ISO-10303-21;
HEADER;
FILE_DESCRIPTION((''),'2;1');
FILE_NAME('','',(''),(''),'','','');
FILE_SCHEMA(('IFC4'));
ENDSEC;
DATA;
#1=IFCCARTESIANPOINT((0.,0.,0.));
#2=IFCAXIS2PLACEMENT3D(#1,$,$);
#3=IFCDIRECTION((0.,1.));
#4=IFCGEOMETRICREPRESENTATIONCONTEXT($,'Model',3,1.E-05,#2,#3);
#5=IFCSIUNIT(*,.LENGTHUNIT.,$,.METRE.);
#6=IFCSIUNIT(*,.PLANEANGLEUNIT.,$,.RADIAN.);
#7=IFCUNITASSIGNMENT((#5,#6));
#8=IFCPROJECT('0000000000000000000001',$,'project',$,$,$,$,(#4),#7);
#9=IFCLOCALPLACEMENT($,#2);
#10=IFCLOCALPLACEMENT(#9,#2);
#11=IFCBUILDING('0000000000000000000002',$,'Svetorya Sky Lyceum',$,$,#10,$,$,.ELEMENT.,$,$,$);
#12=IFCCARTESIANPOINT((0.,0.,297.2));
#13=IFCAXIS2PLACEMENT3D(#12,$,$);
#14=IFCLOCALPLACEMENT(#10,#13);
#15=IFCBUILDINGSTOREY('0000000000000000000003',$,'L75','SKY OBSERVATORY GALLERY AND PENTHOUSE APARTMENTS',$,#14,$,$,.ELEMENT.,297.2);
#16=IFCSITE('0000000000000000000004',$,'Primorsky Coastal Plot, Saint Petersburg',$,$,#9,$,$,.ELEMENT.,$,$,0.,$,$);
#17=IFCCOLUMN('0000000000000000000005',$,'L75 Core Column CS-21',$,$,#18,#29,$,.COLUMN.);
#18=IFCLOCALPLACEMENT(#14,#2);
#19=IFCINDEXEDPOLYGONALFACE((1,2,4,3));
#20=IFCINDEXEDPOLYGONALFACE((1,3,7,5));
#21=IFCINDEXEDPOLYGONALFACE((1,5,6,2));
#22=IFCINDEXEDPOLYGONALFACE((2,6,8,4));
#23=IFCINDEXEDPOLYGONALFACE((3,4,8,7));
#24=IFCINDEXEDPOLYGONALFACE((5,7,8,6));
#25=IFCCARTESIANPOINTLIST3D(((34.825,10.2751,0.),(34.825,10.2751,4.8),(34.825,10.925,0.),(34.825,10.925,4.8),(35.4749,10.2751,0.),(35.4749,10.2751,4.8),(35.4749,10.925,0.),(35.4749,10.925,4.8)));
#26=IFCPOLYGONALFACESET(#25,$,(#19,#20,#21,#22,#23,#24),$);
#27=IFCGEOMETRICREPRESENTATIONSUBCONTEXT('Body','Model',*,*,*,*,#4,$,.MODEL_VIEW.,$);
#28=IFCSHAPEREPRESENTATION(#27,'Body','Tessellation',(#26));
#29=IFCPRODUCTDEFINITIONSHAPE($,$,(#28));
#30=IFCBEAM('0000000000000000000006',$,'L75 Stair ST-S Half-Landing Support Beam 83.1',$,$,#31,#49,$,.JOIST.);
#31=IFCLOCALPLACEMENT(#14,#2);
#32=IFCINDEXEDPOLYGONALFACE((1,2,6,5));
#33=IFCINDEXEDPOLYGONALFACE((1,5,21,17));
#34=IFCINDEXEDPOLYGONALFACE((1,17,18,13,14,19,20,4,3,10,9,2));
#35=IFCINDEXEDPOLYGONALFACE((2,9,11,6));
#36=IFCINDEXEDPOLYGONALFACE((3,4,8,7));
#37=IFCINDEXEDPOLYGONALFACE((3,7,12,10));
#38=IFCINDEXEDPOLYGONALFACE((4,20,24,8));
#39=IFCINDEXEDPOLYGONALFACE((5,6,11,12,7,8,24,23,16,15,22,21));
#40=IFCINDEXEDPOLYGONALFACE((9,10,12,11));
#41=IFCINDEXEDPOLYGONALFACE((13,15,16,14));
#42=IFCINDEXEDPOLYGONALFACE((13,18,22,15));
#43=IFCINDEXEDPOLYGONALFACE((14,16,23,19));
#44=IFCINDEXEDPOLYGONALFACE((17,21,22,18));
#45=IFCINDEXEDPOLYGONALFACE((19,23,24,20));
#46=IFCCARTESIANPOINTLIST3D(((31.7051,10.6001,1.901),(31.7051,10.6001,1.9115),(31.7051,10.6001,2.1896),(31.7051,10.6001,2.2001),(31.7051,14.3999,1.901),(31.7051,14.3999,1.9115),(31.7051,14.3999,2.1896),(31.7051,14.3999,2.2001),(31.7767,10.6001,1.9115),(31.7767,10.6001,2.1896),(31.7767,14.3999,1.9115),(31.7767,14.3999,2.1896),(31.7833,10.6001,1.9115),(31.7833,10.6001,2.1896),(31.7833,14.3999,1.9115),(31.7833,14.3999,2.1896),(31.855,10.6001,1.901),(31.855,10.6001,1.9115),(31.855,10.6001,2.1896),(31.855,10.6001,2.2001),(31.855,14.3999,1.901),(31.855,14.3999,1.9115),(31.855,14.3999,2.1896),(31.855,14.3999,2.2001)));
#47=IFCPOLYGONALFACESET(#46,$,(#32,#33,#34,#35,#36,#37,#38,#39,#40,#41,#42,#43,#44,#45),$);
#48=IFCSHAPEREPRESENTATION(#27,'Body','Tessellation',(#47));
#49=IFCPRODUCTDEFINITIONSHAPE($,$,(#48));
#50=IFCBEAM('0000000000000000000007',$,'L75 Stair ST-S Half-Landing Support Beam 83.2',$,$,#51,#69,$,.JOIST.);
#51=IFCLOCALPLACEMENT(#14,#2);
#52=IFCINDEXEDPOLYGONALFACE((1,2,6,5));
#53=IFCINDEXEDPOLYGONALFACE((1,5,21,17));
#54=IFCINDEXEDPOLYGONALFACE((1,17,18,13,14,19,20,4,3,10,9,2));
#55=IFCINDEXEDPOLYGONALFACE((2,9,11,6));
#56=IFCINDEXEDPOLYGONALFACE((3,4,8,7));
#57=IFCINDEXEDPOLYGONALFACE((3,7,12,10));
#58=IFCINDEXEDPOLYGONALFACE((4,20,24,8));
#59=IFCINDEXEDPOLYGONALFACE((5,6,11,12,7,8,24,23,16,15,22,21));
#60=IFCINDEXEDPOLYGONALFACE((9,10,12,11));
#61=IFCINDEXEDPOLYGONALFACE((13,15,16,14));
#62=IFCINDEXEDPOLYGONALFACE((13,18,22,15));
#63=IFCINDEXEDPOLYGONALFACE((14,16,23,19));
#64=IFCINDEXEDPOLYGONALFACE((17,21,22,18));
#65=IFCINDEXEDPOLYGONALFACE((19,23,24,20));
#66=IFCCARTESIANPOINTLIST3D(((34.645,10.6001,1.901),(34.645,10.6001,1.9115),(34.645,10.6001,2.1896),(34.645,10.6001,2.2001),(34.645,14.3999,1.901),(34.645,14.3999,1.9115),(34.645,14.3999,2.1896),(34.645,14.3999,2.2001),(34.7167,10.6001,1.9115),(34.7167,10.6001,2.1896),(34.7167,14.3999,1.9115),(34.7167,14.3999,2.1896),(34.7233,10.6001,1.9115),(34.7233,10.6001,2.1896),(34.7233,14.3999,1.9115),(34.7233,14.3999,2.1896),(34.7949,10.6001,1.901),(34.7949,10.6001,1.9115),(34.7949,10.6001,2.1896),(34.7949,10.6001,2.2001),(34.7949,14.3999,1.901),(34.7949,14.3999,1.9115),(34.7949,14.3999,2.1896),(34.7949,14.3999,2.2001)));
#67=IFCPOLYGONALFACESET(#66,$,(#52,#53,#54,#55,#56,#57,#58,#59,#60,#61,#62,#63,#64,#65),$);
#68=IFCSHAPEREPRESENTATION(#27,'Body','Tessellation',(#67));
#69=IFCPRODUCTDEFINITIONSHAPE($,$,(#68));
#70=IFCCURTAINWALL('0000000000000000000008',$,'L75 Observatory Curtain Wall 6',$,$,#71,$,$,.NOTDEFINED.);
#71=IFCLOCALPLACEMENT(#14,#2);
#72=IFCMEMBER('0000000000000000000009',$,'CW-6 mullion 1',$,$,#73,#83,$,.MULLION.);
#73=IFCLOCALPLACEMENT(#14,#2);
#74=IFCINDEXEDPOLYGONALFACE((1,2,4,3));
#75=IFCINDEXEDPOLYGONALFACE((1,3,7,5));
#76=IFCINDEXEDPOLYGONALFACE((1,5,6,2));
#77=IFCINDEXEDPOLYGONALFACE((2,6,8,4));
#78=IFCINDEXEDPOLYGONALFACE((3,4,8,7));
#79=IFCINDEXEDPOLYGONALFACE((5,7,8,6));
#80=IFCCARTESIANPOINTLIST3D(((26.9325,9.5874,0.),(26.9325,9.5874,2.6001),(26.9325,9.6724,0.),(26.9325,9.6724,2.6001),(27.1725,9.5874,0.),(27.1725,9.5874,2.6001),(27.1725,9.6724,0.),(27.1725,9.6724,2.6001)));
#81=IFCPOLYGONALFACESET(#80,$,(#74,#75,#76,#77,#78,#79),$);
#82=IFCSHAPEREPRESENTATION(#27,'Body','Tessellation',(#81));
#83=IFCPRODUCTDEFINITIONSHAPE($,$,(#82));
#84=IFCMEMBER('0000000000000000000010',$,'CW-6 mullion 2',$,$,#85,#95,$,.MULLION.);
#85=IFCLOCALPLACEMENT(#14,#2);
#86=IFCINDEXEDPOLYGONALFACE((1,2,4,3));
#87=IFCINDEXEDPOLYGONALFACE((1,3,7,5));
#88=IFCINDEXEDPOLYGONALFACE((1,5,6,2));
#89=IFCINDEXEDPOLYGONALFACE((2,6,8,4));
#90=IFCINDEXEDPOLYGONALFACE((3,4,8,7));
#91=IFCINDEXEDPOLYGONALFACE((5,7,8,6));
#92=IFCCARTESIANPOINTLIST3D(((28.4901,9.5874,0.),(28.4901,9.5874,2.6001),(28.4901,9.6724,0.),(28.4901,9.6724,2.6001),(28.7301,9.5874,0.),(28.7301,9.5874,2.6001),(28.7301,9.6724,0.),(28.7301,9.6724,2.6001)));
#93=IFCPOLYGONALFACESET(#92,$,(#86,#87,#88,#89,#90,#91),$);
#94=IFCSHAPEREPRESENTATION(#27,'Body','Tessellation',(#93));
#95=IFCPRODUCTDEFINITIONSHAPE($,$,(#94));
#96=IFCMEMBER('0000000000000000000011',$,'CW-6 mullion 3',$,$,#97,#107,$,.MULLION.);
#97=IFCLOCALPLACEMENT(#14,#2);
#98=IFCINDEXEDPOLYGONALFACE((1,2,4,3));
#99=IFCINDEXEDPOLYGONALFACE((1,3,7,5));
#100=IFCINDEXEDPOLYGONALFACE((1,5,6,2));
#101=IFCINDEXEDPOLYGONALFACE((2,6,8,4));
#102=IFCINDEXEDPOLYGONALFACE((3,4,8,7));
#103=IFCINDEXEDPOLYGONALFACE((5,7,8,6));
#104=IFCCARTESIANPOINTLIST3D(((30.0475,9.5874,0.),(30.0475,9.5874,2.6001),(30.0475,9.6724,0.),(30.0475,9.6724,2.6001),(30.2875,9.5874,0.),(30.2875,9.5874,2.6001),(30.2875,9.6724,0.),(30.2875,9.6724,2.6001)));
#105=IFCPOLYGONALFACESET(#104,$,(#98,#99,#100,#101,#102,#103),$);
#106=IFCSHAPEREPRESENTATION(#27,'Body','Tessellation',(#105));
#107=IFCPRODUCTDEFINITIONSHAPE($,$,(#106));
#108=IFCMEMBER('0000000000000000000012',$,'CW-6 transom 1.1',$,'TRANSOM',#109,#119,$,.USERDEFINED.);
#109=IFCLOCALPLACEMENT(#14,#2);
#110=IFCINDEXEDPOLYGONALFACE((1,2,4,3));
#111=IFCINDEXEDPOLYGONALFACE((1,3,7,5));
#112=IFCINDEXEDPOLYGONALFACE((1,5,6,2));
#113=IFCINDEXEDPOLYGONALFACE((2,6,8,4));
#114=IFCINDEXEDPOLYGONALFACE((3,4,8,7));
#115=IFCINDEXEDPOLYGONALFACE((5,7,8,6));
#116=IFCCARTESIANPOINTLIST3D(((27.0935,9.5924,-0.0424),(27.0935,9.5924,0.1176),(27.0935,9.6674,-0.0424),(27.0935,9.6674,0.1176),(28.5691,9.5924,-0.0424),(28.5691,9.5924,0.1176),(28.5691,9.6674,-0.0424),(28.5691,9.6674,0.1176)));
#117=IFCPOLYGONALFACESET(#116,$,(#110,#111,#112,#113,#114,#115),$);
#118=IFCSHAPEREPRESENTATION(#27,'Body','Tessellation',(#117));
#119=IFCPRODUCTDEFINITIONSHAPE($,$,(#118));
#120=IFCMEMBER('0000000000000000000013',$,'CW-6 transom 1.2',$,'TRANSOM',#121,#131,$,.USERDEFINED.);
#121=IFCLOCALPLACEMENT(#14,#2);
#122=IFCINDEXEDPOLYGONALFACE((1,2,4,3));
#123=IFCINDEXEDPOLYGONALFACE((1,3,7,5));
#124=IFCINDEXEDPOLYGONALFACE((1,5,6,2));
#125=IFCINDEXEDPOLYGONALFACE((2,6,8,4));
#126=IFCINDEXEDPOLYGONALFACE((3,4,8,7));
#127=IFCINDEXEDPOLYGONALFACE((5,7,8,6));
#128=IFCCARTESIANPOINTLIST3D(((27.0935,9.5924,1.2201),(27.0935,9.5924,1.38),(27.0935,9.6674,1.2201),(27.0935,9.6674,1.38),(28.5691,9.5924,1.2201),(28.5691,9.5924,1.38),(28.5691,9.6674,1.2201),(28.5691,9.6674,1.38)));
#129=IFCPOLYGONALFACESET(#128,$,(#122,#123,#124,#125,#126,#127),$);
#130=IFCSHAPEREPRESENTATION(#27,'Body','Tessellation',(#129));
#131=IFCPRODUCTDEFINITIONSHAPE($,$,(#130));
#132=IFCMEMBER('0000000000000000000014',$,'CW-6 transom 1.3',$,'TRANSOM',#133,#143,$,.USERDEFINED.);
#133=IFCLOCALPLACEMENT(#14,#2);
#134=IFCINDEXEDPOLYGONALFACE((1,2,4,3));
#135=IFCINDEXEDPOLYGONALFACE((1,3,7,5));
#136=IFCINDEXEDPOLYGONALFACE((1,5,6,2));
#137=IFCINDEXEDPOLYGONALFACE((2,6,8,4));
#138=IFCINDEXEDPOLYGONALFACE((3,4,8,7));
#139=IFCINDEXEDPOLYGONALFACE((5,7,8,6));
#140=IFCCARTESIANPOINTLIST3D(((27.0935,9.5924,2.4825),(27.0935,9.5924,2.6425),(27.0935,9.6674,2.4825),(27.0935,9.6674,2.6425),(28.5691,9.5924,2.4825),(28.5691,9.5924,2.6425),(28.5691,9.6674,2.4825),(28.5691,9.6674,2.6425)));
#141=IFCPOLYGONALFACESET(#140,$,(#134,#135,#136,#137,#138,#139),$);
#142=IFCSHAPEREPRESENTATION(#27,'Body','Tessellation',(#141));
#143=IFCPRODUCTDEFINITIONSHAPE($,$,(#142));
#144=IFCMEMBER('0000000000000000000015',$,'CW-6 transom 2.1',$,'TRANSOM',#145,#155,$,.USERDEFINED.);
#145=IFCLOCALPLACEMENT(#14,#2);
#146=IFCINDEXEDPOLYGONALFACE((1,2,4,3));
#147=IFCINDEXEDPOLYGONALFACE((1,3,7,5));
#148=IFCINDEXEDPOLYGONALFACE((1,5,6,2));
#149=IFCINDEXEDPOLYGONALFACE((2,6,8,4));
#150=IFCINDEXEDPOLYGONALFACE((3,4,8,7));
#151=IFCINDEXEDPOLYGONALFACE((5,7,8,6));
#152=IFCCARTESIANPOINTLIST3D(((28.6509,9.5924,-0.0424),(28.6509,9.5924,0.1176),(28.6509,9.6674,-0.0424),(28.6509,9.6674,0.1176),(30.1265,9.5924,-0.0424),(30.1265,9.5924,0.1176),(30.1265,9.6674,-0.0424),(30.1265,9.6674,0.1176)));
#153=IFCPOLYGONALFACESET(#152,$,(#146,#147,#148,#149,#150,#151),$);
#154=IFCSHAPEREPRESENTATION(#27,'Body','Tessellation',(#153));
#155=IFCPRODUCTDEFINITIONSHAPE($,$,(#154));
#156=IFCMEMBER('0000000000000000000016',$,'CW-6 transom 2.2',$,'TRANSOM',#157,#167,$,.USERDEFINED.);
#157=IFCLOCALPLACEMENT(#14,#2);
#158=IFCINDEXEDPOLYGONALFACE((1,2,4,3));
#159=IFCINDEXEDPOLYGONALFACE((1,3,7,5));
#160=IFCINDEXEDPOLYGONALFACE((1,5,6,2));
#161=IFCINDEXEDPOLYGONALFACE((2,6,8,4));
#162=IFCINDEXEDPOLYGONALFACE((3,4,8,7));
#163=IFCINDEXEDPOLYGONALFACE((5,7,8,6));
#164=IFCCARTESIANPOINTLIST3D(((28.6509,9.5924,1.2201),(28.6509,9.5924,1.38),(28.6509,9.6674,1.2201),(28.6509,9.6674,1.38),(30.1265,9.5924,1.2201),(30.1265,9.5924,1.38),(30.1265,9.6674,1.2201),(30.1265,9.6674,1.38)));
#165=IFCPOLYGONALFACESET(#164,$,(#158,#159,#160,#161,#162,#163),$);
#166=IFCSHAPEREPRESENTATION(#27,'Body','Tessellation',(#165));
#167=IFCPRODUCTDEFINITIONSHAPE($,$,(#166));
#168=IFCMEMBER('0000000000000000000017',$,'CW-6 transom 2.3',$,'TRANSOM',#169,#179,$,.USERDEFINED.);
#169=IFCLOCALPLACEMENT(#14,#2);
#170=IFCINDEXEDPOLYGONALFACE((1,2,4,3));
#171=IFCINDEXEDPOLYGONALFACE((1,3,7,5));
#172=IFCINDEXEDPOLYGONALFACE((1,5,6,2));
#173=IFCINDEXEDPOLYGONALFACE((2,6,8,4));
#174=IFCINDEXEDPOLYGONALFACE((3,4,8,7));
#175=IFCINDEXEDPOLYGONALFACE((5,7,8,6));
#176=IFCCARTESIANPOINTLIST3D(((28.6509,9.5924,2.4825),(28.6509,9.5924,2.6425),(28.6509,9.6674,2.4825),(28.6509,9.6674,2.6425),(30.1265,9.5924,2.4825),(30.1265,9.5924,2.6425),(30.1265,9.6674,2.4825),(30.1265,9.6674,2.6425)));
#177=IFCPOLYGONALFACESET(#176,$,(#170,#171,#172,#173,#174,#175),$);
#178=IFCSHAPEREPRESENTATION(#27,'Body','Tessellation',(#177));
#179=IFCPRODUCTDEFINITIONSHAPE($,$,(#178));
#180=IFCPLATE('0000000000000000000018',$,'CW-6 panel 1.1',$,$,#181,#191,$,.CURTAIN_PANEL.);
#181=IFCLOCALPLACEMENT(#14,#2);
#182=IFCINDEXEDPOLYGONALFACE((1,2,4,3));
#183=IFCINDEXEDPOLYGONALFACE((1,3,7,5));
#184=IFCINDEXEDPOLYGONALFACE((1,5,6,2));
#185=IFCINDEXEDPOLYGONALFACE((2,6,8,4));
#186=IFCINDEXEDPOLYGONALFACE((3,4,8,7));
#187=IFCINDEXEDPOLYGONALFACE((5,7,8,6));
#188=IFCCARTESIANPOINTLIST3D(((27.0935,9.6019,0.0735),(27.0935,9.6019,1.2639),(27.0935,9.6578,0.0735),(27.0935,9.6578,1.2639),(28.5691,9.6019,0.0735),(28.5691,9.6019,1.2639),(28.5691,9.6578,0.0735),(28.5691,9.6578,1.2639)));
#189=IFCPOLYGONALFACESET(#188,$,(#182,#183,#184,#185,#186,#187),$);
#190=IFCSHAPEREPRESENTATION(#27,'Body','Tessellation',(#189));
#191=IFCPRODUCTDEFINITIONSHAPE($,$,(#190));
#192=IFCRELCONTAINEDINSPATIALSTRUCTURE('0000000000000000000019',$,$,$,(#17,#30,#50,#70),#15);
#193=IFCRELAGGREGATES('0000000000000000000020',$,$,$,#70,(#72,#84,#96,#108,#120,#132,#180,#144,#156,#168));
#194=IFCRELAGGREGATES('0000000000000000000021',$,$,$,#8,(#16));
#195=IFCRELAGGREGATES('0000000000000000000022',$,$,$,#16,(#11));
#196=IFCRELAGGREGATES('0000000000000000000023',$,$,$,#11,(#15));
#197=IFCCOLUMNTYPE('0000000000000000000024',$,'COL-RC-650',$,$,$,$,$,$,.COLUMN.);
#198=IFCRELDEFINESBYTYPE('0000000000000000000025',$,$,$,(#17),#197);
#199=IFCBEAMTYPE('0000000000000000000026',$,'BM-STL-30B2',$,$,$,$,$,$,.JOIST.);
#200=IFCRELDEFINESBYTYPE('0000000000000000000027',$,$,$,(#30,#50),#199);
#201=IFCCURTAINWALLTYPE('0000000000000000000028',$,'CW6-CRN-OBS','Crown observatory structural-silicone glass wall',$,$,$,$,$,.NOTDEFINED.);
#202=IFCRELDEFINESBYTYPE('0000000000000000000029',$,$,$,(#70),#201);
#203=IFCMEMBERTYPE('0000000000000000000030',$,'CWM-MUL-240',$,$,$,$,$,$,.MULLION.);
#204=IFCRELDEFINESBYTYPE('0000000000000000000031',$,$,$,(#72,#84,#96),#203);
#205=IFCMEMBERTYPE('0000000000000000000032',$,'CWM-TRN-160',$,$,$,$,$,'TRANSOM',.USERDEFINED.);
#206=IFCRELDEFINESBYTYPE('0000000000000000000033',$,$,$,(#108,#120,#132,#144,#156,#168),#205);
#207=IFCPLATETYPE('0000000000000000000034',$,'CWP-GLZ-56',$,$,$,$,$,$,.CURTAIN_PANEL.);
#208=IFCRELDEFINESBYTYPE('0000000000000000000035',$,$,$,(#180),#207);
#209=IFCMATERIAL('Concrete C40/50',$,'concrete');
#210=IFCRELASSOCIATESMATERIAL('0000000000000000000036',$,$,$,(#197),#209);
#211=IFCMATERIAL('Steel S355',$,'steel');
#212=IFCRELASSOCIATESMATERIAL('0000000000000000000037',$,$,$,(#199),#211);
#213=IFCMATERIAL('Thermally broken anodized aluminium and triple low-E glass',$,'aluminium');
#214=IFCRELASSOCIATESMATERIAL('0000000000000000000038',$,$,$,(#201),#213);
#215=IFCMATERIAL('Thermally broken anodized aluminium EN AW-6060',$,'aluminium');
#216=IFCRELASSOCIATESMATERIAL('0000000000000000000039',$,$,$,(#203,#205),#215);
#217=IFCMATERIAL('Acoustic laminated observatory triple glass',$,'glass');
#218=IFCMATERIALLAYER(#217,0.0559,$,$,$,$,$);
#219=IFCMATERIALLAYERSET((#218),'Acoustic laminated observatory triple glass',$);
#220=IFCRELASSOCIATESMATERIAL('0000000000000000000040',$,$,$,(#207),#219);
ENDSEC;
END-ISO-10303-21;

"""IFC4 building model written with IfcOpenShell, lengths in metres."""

from ifc_helpers import new_model, si_unit, direction, frame, origin, origin_2d, place, context, subcontext, project, spatial, rectangle, i_section, extrude, material, layer, layer_set, material_profile, profile_set, type_object, element, aggregate, save


model = new_model("IFC4")

# Units and contexts
model_context = context("Model", 3, precision=1e-05, world=origin(), true_north=direction((0.0, 1.0)))
body_context = subcontext(model_context, "Body", "Model", "MODEL_VIEW")
ifc_project = project(units=[si_unit("LENGTHUNIT", "METRE"), si_unit("PLANEANGLEUNIT", "RADIAN")], contexts=[model_context])

# Site, building, storey
site_placement = place(None, origin())
site = spatial("IfcSite", under=ifc_project, at=site_placement, Name="Primorsky Coastal Plot, Saint Petersburg", CompositionType="ELEMENT", RefElevation=0.0)
building_placement = place(site_placement, origin())
building = spatial("IfcBuilding", under=site, at=building_placement, Name="Svetorya Sky Lyceum", CompositionType="ELEMENT")
storey_placement = place(building_placement, frame((0.0, 0.0, 297.2)))
storey = spatial("IfcBuildingStorey", under=building, at=storey_placement, Name="L75", Description="SKY OBSERVATORY GALLERY AND PENTHOUSE APARTMENTS", CompositionType="ELEMENT", Elevation=297.2)

# Column
ifc_material_1 = material(Name="Concrete C40/50", Category="concrete")
ifc_material_profile_1 = material_profile(ifc_material_1, rectangle(XDim=0.6499, YDim=0.6499, at=origin_2d()), Name="RC COL 650x650")
ifc_profile_set_1 = profile_set([ifc_material_profile_1], Name="Concrete C40/50")
column_type = type_object("IfcColumnType", Name="COL-RC-650", PredefinedType="COLUMN", material=ifc_profile_set_1)
column_placement = place(storey_placement, frame((35.1499, 10.6001, 0.0), z_axis=(0.0, 0.0, 1.0), x_axis=(1.0, 0.0, 0.0)))
element("IfcColumn", 1, at=column_placement, inside=storey, type_object=column_type, Name="L75 Core Column CS-21", PredefinedType="COLUMN", context=body_context, shape_type="SweptSolid", body=[
    extrude(rectangle(XDim=0.6499, YDim=0.6499, at=origin_2d()), origin(), (0.0, 0.0, 1.0), 4.8),
])

# Beams
ifc_material_2 = material(Name="Steel S355", Category="steel")
ifc_material_profile_2 = material_profile(ifc_material_2, i_section(OverallWidth=0.1499, OverallDepth=0.2991, WebThickness=0.0066, FlangeThickness=0.0105, at=origin_2d()), Name="GOST 30B2")
ifc_profile_set_2 = profile_set([ifc_material_profile_2], Name="Steel S355")
beam_type = type_object("IfcBeamType", Name="BM-STL-30B2", PredefinedType="JOIST", material=ifc_profile_set_2)
for number, where, z_axis, x_axis, name in (
    (2, (31.78, 10.6001, 2.0505), (0.0, 1.0, 0.0), (-1.0, 0.0, 0.0), "L75 Stair ST-S Half-Landing Support Beam 83.1"),
    (3, (34.72, 10.6001, 2.0505), (0.0, 1.0, 0.0), (-1.0, 0.0, 0.0), "L75 Stair ST-S Half-Landing Support Beam 83.2"),
):
    element("IfcBeam", number, at=place(storey_placement, frame(where, z_axis=z_axis, x_axis=x_axis)), inside=storey, type_object=beam_type, Name=name, PredefinedType="JOIST", context=body_context, shape_type="SweptSolid", body=[
        extrude(i_section(OverallWidth=0.1499, OverallDepth=0.2991, WebThickness=0.0066, FlangeThickness=0.0105, at=origin_2d()), origin(), (0.0, 0.0, 1.0), 3.7998),
    ])

# Curtain wall, members, plate
ifc_material_3 = material(Name="Thermally broken anodized aluminium and triple low-E glass", Category="aluminium")
curtain_wall_type = type_object("IfcCurtainWallType", Name="CW6-CRN-OBS", Description="Crown observatory structural-silicone glass wall", PredefinedType="NOTDEFINED", material=ifc_material_3)
curtain_wall_placement = place(storey_placement, origin())
curtain_wall = element("IfcCurtainWall", 4, at=curtain_wall_placement, inside=storey, type_object=curtain_wall_type, Name="L75 Observatory Curtain Wall 6", PredefinedType="NOTDEFINED")
ifc_material_4 = material(Name="Thermally broken anodized aluminium EN AW-6060", Category="aluminium")
ifc_material_profile_3 = material_profile(ifc_material_4, rectangle(XDim=0.085, YDim=0.24, at=origin_2d()), Name="ALU MULLION 85x240")
ifc_profile_set_3 = profile_set([ifc_material_profile_3], Name="Thermally broken anodized aluminium EN AW-6060")
member_type_1 = type_object("IfcMemberType", Name="CWM-MUL-240", PredefinedType="MULLION", material=ifc_profile_set_3)
member_1_placement = place(storey_placement, frame((27.0525, 9.6299, 0.0), z_axis=(0.0, 0.0, 1.0), x_axis=(0.0, 1.0, 0.0)))
member_1 = element("IfcMember", 5, at=member_1_placement, type_object=member_type_1, Name="CW-6 mullion 1", PredefinedType="MULLION", context=body_context, shape_type="SweptSolid", body=[
    extrude(rectangle(XDim=0.085, YDim=0.24, at=origin_2d()), origin(), (0.0, 0.0, 1.0), 2.6001),
])
member_2_placement = place(storey_placement, frame((28.6101, 9.6299, 0.0), z_axis=(0.0, 0.0, 1.0), x_axis=(0.0, 1.0, 0.0)))
member_2 = element("IfcMember", 6, at=member_2_placement, type_object=member_type_1, Name="CW-6 mullion 2", PredefinedType="MULLION", context=body_context, shape_type="SweptSolid", body=[
    extrude(rectangle(XDim=0.085, YDim=0.24, at=origin_2d()), origin(), (0.0, 0.0, 1.0), 2.6001),
])
member_3_placement = place(storey_placement, frame((30.1675, 9.6299, 0.0), z_axis=(0.0, 0.0, 1.0), x_axis=(0.0, 1.0, 0.0)))
member_3 = element("IfcMember", 7, at=member_3_placement, type_object=member_type_1, Name="CW-6 mullion 3", PredefinedType="MULLION", context=body_context, shape_type="SweptSolid", body=[
    extrude(rectangle(XDim=0.085, YDim=0.24, at=origin_2d()), origin(), (0.0, 0.0, 1.0), 2.6001),
])
ifc_material_profile_4 = material_profile(ifc_material_4, rectangle(XDim=0.075, YDim=0.1599, at=origin_2d()), Name="ALU TRANSOM 75x160")
ifc_profile_set_4 = profile_set([ifc_material_profile_4], Name="Thermally broken anodized aluminium EN AW-6060")
member_type_2 = type_object("IfcMemberType", Name="CWM-TRN-160", ElementType="TRANSOM", PredefinedType="USERDEFINED", material=ifc_profile_set_4)
member_4_placement = place(storey_placement, frame((27.0935, 9.6299, 0.0376), z_axis=(1.0, 0.0, 0.0), x_axis=(0.0, 1.0, 0.0)))
member_4 = element("IfcMember", 8, at=member_4_placement, type_object=member_type_2, Name="CW-6 transom 1.1", ObjectType="TRANSOM", PredefinedType="USERDEFINED", context=body_context, shape_type="SweptSolid", body=[
    extrude(rectangle(XDim=0.075, YDim=0.1599, at=origin_2d()), origin(), (0.0, 0.0, 1.0), 1.4756),
])
member_5_placement = place(storey_placement, frame((27.0935, 9.6299, 1.3), z_axis=(1.0, 0.0, 0.0), x_axis=(0.0, 1.0, 0.0)))
member_5 = element("IfcMember", 9, at=member_5_placement, type_object=member_type_2, Name="CW-6 transom 1.2", ObjectType="TRANSOM", PredefinedType="USERDEFINED", context=body_context, shape_type="SweptSolid", body=[
    extrude(rectangle(XDim=0.075, YDim=0.1599, at=origin_2d()), origin(), (0.0, 0.0, 1.0), 1.4756),
])
member_6_placement = place(storey_placement, frame((27.0935, 9.6299, 2.5625), z_axis=(1.0, 0.0, 0.0), x_axis=(0.0, 1.0, 0.0)))
member_6 = element("IfcMember", 10, at=member_6_placement, type_object=member_type_2, Name="CW-6 transom 1.3", ObjectType="TRANSOM", PredefinedType="USERDEFINED", context=body_context, shape_type="SweptSolid", body=[
    extrude(rectangle(XDim=0.075, YDim=0.1599, at=origin_2d()), origin(), (0.0, 0.0, 1.0), 1.4756),
])
member_7_placement = place(storey_placement, frame((28.6509, 9.6299, 0.0376), z_axis=(1.0, 0.0, 0.0), x_axis=(0.0, 1.0, 0.0)))
member_7 = element("IfcMember", 11, at=member_7_placement, type_object=member_type_2, Name="CW-6 transom 2.1", ObjectType="TRANSOM", PredefinedType="USERDEFINED", context=body_context, shape_type="SweptSolid", body=[
    extrude(rectangle(XDim=0.075, YDim=0.1599, at=origin_2d()), origin(), (0.0, 0.0, 1.0), 1.4756),
])
member_8_placement = place(storey_placement, frame((28.6509, 9.6299, 1.3), z_axis=(1.0, 0.0, 0.0), x_axis=(0.0, 1.0, 0.0)))
member_8 = element("IfcMember", 12, at=member_8_placement, type_object=member_type_2, Name="CW-6 transom 2.2", ObjectType="TRANSOM", PredefinedType="USERDEFINED", context=body_context, shape_type="SweptSolid", body=[
    extrude(rectangle(XDim=0.075, YDim=0.1599, at=origin_2d()), origin(), (0.0, 0.0, 1.0), 1.4756),
])
member_9_placement = place(storey_placement, frame((28.6509, 9.6299, 2.5625), z_axis=(1.0, 0.0, 0.0), x_axis=(0.0, 1.0, 0.0)))
member_9 = element("IfcMember", 13, at=member_9_placement, type_object=member_type_2, Name="CW-6 transom 2.3", ObjectType="TRANSOM", PredefinedType="USERDEFINED", context=body_context, shape_type="SweptSolid", body=[
    extrude(rectangle(XDim=0.075, YDim=0.1599, at=origin_2d()), origin(), (0.0, 0.0, 1.0), 1.4756),
])
ifc_material_5 = material(Name="Acoustic laminated observatory triple glass", Category="glass")
ifc_layer_1 = layer(ifc_material_5, 0.0559)
ifc_layer_set_1 = layer_set([ifc_layer_1], Name="Acoustic laminated observatory triple glass")
plate_type = type_object("IfcPlateType", Name="CWP-GLZ-56", PredefinedType="CURTAIN_PANEL", material=ifc_layer_set_1)
plate_1_placement = place(storey_placement, frame((27.8313, 9.6299, 0.0735), z_axis=(0.0, 0.0, 1.0), x_axis=(1.0, 0.0, 0.0)))
plate_1 = element("IfcPlate", 14, at=plate_1_placement, type_object=plate_type, Name="CW-6 panel 1.1", PredefinedType="CURTAIN_PANEL", context=body_context, shape_type="SweptSolid", body=[
    extrude(rectangle(XDim=1.4756, YDim=0.0559, at=origin_2d()), origin(), (0.0, 0.0, 1.0), 1.1904),
])
aggregate(curtain_wall, [member_1, member_2, member_3, member_4, member_5, member_6, plate_1, member_7, member_8, member_9])

save(model, "model.ifc")
